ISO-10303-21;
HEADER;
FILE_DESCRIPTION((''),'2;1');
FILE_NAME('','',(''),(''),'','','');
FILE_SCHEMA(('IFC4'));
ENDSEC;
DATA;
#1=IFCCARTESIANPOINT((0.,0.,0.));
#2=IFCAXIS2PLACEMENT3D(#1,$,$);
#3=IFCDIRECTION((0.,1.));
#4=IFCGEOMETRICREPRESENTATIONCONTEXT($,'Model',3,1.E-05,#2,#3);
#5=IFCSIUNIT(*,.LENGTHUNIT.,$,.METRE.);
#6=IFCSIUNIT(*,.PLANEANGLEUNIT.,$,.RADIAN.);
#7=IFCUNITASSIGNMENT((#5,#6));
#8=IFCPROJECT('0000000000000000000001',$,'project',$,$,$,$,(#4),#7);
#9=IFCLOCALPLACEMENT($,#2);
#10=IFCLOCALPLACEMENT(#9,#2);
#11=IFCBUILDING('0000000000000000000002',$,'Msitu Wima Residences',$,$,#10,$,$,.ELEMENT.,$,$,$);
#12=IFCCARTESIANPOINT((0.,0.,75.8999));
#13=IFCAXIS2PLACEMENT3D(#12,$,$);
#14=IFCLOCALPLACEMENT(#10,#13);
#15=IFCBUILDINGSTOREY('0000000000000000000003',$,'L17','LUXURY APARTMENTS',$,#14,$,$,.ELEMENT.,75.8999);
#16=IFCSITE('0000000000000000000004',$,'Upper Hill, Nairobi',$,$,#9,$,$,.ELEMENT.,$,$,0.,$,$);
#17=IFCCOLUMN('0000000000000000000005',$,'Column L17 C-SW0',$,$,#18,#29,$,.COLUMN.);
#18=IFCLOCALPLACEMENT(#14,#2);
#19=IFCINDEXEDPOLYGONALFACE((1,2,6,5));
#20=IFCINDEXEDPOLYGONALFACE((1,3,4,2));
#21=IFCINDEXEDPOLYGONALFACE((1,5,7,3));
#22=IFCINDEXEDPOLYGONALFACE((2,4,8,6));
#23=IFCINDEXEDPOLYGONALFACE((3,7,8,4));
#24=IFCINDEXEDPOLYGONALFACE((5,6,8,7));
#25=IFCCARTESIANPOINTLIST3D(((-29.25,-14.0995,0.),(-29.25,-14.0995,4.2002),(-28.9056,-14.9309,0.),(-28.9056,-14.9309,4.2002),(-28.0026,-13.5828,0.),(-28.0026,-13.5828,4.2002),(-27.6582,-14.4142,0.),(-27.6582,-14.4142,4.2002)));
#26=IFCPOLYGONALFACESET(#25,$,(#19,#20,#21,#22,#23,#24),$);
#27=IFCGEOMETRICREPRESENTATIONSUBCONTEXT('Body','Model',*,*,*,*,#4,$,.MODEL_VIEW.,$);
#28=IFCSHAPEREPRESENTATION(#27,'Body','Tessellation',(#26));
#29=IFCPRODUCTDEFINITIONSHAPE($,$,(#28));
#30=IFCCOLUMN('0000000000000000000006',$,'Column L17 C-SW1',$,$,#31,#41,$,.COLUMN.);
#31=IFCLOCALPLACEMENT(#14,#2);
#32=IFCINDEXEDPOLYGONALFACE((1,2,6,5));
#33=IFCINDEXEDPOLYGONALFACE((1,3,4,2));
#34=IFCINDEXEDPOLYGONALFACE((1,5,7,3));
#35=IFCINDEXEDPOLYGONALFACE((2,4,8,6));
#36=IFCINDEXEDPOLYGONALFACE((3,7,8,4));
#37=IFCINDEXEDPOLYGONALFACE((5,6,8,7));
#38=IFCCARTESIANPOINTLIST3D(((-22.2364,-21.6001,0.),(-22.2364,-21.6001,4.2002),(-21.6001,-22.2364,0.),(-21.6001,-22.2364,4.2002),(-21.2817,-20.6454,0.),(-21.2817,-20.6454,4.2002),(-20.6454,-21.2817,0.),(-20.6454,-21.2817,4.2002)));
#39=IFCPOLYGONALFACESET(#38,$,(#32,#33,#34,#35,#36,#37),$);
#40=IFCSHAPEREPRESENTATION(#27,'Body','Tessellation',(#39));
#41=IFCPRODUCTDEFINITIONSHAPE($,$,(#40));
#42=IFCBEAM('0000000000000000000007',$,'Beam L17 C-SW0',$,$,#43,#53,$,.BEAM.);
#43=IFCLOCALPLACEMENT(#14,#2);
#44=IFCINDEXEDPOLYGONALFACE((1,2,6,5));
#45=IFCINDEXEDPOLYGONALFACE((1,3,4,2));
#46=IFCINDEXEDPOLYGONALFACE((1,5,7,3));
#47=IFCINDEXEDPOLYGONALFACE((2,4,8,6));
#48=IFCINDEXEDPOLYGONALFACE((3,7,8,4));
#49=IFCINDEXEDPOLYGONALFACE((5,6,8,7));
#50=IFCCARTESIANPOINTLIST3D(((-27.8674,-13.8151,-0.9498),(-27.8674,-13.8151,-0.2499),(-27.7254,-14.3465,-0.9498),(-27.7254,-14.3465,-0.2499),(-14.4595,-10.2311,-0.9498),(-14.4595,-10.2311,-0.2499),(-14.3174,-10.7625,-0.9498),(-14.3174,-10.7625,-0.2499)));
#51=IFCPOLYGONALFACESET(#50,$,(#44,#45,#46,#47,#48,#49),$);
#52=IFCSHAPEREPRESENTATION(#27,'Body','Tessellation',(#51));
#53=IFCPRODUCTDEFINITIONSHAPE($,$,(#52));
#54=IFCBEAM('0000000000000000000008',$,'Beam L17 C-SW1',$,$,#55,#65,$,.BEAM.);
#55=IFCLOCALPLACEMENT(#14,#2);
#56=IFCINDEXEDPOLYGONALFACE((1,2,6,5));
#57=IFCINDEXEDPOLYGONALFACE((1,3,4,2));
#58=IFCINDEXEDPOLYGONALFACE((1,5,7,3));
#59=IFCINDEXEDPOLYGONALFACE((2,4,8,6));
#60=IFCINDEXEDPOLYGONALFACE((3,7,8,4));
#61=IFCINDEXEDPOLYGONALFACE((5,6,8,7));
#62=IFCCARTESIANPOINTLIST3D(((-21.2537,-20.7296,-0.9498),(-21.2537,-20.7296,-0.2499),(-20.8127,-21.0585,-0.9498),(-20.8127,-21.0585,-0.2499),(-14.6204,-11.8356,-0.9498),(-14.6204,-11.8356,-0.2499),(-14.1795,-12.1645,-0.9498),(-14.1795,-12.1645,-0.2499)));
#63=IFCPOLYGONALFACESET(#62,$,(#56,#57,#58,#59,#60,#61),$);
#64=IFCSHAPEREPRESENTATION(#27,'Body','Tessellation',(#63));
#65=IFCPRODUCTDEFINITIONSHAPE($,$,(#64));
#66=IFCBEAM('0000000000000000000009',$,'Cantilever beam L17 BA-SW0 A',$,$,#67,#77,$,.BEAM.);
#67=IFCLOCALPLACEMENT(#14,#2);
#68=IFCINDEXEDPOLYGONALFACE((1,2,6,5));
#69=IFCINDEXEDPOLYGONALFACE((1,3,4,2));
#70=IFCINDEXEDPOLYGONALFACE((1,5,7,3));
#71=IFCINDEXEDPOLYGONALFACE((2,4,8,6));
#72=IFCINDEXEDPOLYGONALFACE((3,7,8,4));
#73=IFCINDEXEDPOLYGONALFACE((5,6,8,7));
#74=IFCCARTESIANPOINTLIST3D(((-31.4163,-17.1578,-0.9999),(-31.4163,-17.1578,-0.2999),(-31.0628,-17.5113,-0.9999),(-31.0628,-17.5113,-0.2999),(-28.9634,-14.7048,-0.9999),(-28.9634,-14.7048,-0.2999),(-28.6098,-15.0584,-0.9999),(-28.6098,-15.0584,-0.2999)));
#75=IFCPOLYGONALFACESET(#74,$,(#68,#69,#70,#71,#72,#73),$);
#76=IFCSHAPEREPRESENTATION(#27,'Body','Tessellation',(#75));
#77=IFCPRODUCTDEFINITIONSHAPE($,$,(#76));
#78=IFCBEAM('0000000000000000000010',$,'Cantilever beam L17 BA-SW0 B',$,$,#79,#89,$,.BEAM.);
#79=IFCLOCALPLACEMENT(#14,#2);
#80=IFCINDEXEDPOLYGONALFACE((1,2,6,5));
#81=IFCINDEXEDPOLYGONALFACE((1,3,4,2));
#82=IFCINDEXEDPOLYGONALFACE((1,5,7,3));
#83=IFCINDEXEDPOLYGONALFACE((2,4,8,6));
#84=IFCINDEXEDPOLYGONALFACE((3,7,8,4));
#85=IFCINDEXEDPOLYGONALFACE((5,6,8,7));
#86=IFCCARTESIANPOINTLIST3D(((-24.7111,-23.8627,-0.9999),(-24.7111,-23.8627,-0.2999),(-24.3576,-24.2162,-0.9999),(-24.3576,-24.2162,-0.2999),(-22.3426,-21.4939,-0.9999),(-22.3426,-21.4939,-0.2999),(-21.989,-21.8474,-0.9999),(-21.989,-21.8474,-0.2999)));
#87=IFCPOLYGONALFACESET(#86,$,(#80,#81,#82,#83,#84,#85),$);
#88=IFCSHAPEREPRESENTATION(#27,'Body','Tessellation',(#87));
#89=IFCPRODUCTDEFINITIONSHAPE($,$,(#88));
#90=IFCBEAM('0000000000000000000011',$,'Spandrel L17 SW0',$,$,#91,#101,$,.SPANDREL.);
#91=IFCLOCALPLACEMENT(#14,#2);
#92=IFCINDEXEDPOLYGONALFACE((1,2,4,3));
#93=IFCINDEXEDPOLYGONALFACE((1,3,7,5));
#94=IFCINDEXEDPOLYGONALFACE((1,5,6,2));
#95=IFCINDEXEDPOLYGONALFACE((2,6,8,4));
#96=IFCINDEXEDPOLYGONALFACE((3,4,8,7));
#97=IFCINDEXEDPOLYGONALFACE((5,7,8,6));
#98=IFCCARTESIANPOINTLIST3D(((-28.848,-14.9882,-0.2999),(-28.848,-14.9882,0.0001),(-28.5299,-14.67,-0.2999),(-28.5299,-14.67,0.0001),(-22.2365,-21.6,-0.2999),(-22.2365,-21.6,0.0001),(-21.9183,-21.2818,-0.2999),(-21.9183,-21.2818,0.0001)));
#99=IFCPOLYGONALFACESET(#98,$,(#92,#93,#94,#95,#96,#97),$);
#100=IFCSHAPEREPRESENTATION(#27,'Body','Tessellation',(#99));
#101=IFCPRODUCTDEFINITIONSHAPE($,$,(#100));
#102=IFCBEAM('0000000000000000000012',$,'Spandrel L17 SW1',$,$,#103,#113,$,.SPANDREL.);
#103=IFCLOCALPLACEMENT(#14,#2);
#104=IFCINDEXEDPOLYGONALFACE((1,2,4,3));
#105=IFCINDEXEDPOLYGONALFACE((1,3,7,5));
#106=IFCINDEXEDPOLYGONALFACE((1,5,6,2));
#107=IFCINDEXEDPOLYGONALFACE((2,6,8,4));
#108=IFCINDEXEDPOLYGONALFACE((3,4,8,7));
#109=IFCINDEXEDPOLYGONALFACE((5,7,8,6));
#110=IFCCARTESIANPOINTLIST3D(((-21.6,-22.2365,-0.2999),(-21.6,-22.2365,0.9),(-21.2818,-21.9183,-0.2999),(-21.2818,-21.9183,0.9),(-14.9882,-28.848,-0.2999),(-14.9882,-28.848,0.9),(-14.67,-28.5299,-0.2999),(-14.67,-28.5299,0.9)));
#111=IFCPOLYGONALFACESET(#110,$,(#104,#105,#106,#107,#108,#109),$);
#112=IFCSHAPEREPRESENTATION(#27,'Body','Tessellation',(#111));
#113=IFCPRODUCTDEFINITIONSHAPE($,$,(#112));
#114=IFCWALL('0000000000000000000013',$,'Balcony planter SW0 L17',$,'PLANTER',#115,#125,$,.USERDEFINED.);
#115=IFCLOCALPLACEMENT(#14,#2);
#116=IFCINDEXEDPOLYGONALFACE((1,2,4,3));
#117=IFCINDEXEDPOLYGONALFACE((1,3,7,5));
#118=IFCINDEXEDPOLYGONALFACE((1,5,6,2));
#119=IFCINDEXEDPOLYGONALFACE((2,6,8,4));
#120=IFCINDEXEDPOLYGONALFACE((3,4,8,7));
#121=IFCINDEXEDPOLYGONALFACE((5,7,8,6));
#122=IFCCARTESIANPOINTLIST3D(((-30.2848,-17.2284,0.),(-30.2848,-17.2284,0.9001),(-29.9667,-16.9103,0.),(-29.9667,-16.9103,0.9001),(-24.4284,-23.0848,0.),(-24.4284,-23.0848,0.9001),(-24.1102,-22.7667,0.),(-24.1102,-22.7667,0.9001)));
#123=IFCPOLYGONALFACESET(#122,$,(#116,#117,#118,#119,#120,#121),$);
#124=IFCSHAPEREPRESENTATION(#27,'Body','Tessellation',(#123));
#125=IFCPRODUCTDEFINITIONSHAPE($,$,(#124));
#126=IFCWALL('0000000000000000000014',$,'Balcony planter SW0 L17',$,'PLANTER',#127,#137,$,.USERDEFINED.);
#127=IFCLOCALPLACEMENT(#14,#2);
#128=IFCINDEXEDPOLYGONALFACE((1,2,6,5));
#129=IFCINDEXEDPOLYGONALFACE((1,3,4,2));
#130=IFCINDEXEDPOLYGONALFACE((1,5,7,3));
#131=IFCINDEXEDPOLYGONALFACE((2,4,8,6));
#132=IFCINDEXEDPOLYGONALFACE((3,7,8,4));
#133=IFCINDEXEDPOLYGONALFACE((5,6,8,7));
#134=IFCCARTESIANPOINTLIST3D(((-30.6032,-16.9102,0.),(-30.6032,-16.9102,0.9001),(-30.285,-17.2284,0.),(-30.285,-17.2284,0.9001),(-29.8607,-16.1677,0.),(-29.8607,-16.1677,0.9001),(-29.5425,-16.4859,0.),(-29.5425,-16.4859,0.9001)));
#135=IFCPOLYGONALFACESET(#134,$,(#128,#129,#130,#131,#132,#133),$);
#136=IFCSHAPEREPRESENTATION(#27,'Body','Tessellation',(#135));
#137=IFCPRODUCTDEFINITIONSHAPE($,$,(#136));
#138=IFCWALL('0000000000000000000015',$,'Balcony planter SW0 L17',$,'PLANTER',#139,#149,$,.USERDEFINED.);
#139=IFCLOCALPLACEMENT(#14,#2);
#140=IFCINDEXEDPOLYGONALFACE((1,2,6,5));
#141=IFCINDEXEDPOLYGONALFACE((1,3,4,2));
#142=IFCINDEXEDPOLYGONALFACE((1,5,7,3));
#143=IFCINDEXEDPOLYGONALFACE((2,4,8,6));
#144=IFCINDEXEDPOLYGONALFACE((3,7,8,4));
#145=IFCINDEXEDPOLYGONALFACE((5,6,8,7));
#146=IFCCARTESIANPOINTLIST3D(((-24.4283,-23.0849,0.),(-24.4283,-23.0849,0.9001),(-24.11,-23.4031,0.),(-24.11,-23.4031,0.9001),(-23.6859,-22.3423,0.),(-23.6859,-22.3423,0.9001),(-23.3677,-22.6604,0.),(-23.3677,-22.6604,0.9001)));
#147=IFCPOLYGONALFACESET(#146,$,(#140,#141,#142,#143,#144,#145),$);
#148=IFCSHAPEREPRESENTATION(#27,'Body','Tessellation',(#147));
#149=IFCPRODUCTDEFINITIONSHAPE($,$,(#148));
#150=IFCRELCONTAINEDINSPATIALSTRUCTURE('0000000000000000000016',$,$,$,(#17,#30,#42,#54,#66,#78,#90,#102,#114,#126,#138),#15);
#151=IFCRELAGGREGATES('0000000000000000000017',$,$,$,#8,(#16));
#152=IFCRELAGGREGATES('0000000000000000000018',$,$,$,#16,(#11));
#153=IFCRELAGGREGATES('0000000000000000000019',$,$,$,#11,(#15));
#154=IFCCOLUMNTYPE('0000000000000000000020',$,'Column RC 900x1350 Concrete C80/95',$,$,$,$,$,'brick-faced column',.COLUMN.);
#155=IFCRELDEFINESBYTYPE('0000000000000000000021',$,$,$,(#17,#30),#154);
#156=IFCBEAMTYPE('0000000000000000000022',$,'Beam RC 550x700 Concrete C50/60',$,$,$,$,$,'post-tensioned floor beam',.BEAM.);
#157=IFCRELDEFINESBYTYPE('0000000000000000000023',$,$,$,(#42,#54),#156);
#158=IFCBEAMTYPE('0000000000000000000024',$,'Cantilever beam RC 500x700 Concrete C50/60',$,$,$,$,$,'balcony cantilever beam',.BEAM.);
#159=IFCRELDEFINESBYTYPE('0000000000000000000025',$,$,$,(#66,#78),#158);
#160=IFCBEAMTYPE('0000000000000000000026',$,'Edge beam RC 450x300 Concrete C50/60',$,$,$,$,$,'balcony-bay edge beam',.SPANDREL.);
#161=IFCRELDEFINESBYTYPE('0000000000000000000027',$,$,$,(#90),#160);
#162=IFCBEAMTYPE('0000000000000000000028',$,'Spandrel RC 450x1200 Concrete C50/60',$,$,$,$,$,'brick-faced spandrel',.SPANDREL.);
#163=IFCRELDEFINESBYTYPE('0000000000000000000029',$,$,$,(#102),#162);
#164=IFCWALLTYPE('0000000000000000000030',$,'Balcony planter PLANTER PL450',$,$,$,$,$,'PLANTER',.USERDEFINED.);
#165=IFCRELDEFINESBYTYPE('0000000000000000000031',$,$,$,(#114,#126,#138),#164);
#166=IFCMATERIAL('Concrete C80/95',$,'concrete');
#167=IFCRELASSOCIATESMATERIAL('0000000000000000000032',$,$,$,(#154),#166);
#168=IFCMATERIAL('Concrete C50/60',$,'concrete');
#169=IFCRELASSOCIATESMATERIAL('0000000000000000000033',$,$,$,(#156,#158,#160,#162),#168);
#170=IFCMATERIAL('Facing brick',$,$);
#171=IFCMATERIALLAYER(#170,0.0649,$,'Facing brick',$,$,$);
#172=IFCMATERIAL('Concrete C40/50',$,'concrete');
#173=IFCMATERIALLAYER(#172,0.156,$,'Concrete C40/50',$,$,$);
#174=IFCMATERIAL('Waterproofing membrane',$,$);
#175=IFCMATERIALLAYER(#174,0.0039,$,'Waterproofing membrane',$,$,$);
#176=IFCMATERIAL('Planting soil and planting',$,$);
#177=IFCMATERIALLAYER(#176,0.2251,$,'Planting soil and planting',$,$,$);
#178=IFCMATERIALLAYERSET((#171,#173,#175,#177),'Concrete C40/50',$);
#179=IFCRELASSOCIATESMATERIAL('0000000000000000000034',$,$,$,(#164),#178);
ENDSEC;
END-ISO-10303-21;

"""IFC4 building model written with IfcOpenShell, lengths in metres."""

from ifc_helpers import new_model, si_unit, direction, frame, frame_2d, origin, origin_2d, place, context, subcontext, project, spatial, rectangle, extrude, material, layer, layer_set, material_profile, profile_set, type_object, element, save


model = new_model("IFC4")

# Units and contexts
model_context = context("Model", 3, precision=1e-05, world=origin(), true_north=direction((0.0, 1.0)))
body_context = subcontext(model_context, "Body", "Model", "MODEL_VIEW")
ifc_project = project(units=[si_unit("LENGTHUNIT", "METRE"), si_unit("PLANEANGLEUNIT", "RADIAN")], contexts=[model_context])

# Site, building, storey
site_placement = place(None, origin())
site = spatial("IfcSite", under=ifc_project, at=site_placement, Name="Upper Hill, Nairobi", CompositionType="ELEMENT", RefElevation=0.0)
building_placement = place(site_placement, origin())
building = spatial("IfcBuilding", under=site, at=building_placement, Name="Msitu Wima Residences", CompositionType="ELEMENT")
storey_placement = place(building_placement, frame((0.0, 0.0, 75.8999)))
storey = spatial("IfcBuildingStorey", under=building, at=storey_placement, Name="L17", Description="LUXURY APARTMENTS", CompositionType="ELEMENT", Elevation=75.8999)

# Columns
ifc_material_1 = material(Name="Concrete C80/95", Category="concrete")
ifc_material_profile_1 = material_profile(ifc_material_1, rectangle(XDim=0.8999, YDim=1.3501, at=origin_2d()), Name="RC 900x1350")
ifc_profile_set_1 = profile_set([ifc_material_profile_1], Name="Concrete C80/95")
column_type = type_object("IfcColumnType", Name="Column RC 900x1350 Concrete C80/95", ElementType="brick-faced column", PredefinedType="COLUMN", material=ifc_profile_set_1)
for number, where, z_axis, x_axis, name in (
    (1, (-28.4541, -14.2568, 0.0), (0.0, 0.0, 1.0), (0.382683, -0.92388, 0.0), "Column L17 C-SW0"),
    (2, (-21.4409, -21.4409, 0.0), (0.0, 0.0, 1.0), (0.707107, -0.707107, 0.0), "Column L17 C-SW1"),
):
    element("IfcColumn", number, at=place(storey_placement, frame(where, z_axis=z_axis, x_axis=x_axis)), inside=storey, type_object=column_type, Name=name, PredefinedType="COLUMN", context=body_context, shape_type="SweptSolid", body=[
        extrude(rectangle(XDim=0.8999, YDim=1.3501, at=origin_2d()), origin(), (0.0, 0.0, 1.0), 4.2002),
    ])

# Beams
ifc_material_2 = material(Name="Concrete C50/60", Category="concrete")
ifc_material_profile_2 = material_profile(ifc_material_2, rectangle(XDim=0.55, YDim=0.7, at=origin_2d()), Name="RC 550x700")
ifc_profile_set_2 = profile_set([ifc_material_profile_2], Name="Concrete C50/60")
beam_type_1 = type_object("IfcBeamType", Name="Beam RC 550x700 Concrete C50/60", ElementType="post-tensioned floor beam", PredefinedType="BEAM", material=ifc_profile_set_2)
beam_1_placement = place(storey_placement, frame((-27.7964, -14.0808, -0.5999), z_axis=(0.966082, 0.258236, 0.0), x_axis=(-0.258236, 0.966082, 0.0)))
element("IfcBeam", 3, at=beam_1_placement, inside=storey, type_object=beam_type_1, Name="Beam L17 C-SW0", PredefinedType="BEAM", context=body_context, shape_type="SweptSolid", body=[
    extrude(rectangle(XDim=0.55, YDim=0.7, at=origin_2d()), origin(), (0.0, 0.0, 1.0), 13.8787),
])
beam_2_placement = place(storey_placement, frame((-21.0332, -20.894, -0.5999), z_axis=(0.59785, 0.801608, 0.0), x_axis=(-0.801608, 0.59785, 0.0)))
element("IfcBeam", 4, at=beam_2_placement, inside=storey, type_object=beam_type_1, Name="Beam L17 C-SW1", PredefinedType="BEAM", context=body_context, shape_type="SweptSolid", body=[
    extrude(rectangle(XDim=0.55, YDim=0.7, at=origin_2d()), origin(), (0.0, 0.0, 1.0), 11.0952),
])
ifc_material_profile_3 = material_profile(ifc_material_2, rectangle(XDim=0.5, YDim=0.7, at=origin_2d()), Name="RC 500x700")
ifc_profile_set_3 = profile_set([ifc_material_profile_3], Name="Concrete C50/60")
beam_type_2 = type_object("IfcBeamType", Name="Cantilever beam RC 500x700 Concrete C50/60", ElementType="balcony cantilever beam", PredefinedType="BEAM", material=ifc_profile_set_3)
beam_3_placement = place(storey_placement, frame((-28.7866, -14.8816, -0.6499), z_axis=(-0.707107, -0.707107, 0.0), x_axis=(0.707107, -0.707107, 0.0)))
element("IfcBeam", 5, at=beam_3_placement, inside=storey, type_object=beam_type_2, Name="Cantilever beam L17 BA-SW0 A", PredefinedType="BEAM", context=body_context, shape_type="SweptSolid", body=[
    extrude(rectangle(XDim=0.5, YDim=0.7, at=origin_2d()), origin(), (0.0, 0.0, 1.0), 3.469),
])
beam_4_placement = place(storey_placement, frame((-22.1658, -21.6707, -0.6499), z_axis=(-0.70707, -0.707143, 0.0), x_axis=(0.707143, -0.70707, 0.0)))
element("IfcBeam", 6, at=beam_4_placement, inside=storey, type_object=beam_type_2, Name="Cantilever beam L17 BA-SW0 B", PredefinedType="BEAM", context=body_context, shape_type="SweptSolid", body=[
    extrude(rectangle(XDim=0.5, YDim=0.7, at=origin_2d()), origin(), (0.0, 0.0, 1.0), 3.3499),
])
ifc_material_profile_4 = material_profile(ifc_material_2, rectangle(XDim=0.45, YDim=0.3, at=origin_2d()), Name="RC 450x300")
ifc_profile_set_4 = profile_set([ifc_material_profile_4], Name="Concrete C50/60")
beam_type_3 = type_object("IfcBeamType", Name="Edge beam RC 450x300 Concrete C50/60", ElementType="balcony-bay edge beam", PredefinedType="SPANDREL", material=ifc_profile_set_4)
beam_5_placement = place(storey_placement, frame((-28.689, -14.8291, -0.1499), z_axis=(0.707094, -0.70712, 0.0), x_axis=(0.70712, 0.707094, 0.0)))
element("IfcBeam", 7, at=beam_5_placement, inside=storey, type_object=beam_type_3, Name="Spandrel L17 SW0", PredefinedType="SPANDREL", context=body_context, shape_type="SweptSolid", body=[
    extrude(rectangle(XDim=0.45, YDim=0.3, at=origin_2d()), origin(), (0.0, 0.0, 1.0), 9.3503),
])
ifc_material_profile_5 = material_profile(ifc_material_2, rectangle(XDim=0.45, YDim=1.2, at=origin_2d()), Name="RC 450x1200")
ifc_profile_set_5 = profile_set([ifc_material_profile_5], Name="Concrete C50/60")
beam_type_4 = type_object("IfcBeamType", Name="Spandrel RC 450x1200 Concrete C50/60", ElementType="brick-faced spandrel", PredefinedType="SPANDREL", material=ifc_profile_set_5)
beam_6_placement = place(storey_placement, frame((-21.4409, -22.0774, 0.3), z_axis=(0.70712, -0.707094, 0.0), x_axis=(0.707094, 0.70712, 0.0)))
element("IfcBeam", 8, at=beam_6_placement, inside=storey, type_object=beam_type_4, Name="Spandrel L17 SW1", PredefinedType="SPANDREL", context=body_context, shape_type="SweptSolid", body=[
    extrude(rectangle(XDim=0.45, YDim=1.2, at=origin_2d()), origin(), (0.0, 0.0, 1.0), 9.3503),
])

# Walls
ifc_material_3 = material(Name="Facing brick")
ifc_layer_1 = layer(ifc_material_3, 0.0649, Name="Facing brick")
ifc_material_4 = material(Name="Concrete C40/50", Category="concrete")
ifc_layer_2 = layer(ifc_material_4, 0.156, Name="Concrete C40/50")
ifc_material_5 = material(Name="Waterproofing membrane")
ifc_layer_3 = layer(ifc_material_5, 0.0039, Name="Waterproofing membrane")
ifc_material_6 = material(Name="Planting soil and planting")
ifc_layer_4 = layer(ifc_material_6, 0.2251, Name="Planting soil and planting")
ifc_layer_set_1 = layer_set([ifc_layer_1, ifc_layer_2, ifc_layer_3, ifc_layer_4], Name="Concrete C40/50")
wall_type_1 = type_object("IfcWallType", Name="Balcony planter PLANTER PL450", ElementType="PLANTER", PredefinedType="USERDEFINED", material=ifc_layer_set_1)
wall_1_placement = place(storey_placement, frame((-30.1257, -17.0693, 0.0), z_axis=(0.0, 0.0, 1.0), x_axis=(0.707107, -0.707107, 0.0)))
element("IfcWall", 9, at=wall_1_placement, inside=storey, type_object=wall_type_1, Name="Balcony planter SW0 L17", ObjectType="PLANTER", PredefinedType="USERDEFINED", context=body_context, shape_type="SweptSolid", body=[
    extrude(rectangle(XDim=8.2822, YDim=0.45, at=frame_2d((4.1411, 0.0))), origin(), (0.0, 0.0, 1.0), 0.9001),
])
for number, where, z_axis, x_axis, name in (
    (10, (-29.7017, -16.3269, 0.0), (0.0, 0.0, 1.0), (-0.707107, -0.707107, 0.0), "Balcony planter SW0 L17"),
    (11, (-23.5269, -22.5015, 0.0), (0.0, 0.0, 1.0), (-0.706991, -0.707223, 0.0), "Balcony planter SW0 L17"),
):
    element("IfcWall", number, at=place(storey_placement, frame(where, z_axis=z_axis, x_axis=x_axis)), inside=storey, type_object=wall_type_1, Name=name, ObjectType="PLANTER", PredefinedType="USERDEFINED", context=body_context, shape_type="SweptSolid", body=[
        extrude(rectangle(XDim=1.05, YDim=0.45, at=frame_2d((0.5249, 0.0))), origin(), (0.0, 0.0, 1.0), 0.9001),
    ])

save(model, "model.ifc")
